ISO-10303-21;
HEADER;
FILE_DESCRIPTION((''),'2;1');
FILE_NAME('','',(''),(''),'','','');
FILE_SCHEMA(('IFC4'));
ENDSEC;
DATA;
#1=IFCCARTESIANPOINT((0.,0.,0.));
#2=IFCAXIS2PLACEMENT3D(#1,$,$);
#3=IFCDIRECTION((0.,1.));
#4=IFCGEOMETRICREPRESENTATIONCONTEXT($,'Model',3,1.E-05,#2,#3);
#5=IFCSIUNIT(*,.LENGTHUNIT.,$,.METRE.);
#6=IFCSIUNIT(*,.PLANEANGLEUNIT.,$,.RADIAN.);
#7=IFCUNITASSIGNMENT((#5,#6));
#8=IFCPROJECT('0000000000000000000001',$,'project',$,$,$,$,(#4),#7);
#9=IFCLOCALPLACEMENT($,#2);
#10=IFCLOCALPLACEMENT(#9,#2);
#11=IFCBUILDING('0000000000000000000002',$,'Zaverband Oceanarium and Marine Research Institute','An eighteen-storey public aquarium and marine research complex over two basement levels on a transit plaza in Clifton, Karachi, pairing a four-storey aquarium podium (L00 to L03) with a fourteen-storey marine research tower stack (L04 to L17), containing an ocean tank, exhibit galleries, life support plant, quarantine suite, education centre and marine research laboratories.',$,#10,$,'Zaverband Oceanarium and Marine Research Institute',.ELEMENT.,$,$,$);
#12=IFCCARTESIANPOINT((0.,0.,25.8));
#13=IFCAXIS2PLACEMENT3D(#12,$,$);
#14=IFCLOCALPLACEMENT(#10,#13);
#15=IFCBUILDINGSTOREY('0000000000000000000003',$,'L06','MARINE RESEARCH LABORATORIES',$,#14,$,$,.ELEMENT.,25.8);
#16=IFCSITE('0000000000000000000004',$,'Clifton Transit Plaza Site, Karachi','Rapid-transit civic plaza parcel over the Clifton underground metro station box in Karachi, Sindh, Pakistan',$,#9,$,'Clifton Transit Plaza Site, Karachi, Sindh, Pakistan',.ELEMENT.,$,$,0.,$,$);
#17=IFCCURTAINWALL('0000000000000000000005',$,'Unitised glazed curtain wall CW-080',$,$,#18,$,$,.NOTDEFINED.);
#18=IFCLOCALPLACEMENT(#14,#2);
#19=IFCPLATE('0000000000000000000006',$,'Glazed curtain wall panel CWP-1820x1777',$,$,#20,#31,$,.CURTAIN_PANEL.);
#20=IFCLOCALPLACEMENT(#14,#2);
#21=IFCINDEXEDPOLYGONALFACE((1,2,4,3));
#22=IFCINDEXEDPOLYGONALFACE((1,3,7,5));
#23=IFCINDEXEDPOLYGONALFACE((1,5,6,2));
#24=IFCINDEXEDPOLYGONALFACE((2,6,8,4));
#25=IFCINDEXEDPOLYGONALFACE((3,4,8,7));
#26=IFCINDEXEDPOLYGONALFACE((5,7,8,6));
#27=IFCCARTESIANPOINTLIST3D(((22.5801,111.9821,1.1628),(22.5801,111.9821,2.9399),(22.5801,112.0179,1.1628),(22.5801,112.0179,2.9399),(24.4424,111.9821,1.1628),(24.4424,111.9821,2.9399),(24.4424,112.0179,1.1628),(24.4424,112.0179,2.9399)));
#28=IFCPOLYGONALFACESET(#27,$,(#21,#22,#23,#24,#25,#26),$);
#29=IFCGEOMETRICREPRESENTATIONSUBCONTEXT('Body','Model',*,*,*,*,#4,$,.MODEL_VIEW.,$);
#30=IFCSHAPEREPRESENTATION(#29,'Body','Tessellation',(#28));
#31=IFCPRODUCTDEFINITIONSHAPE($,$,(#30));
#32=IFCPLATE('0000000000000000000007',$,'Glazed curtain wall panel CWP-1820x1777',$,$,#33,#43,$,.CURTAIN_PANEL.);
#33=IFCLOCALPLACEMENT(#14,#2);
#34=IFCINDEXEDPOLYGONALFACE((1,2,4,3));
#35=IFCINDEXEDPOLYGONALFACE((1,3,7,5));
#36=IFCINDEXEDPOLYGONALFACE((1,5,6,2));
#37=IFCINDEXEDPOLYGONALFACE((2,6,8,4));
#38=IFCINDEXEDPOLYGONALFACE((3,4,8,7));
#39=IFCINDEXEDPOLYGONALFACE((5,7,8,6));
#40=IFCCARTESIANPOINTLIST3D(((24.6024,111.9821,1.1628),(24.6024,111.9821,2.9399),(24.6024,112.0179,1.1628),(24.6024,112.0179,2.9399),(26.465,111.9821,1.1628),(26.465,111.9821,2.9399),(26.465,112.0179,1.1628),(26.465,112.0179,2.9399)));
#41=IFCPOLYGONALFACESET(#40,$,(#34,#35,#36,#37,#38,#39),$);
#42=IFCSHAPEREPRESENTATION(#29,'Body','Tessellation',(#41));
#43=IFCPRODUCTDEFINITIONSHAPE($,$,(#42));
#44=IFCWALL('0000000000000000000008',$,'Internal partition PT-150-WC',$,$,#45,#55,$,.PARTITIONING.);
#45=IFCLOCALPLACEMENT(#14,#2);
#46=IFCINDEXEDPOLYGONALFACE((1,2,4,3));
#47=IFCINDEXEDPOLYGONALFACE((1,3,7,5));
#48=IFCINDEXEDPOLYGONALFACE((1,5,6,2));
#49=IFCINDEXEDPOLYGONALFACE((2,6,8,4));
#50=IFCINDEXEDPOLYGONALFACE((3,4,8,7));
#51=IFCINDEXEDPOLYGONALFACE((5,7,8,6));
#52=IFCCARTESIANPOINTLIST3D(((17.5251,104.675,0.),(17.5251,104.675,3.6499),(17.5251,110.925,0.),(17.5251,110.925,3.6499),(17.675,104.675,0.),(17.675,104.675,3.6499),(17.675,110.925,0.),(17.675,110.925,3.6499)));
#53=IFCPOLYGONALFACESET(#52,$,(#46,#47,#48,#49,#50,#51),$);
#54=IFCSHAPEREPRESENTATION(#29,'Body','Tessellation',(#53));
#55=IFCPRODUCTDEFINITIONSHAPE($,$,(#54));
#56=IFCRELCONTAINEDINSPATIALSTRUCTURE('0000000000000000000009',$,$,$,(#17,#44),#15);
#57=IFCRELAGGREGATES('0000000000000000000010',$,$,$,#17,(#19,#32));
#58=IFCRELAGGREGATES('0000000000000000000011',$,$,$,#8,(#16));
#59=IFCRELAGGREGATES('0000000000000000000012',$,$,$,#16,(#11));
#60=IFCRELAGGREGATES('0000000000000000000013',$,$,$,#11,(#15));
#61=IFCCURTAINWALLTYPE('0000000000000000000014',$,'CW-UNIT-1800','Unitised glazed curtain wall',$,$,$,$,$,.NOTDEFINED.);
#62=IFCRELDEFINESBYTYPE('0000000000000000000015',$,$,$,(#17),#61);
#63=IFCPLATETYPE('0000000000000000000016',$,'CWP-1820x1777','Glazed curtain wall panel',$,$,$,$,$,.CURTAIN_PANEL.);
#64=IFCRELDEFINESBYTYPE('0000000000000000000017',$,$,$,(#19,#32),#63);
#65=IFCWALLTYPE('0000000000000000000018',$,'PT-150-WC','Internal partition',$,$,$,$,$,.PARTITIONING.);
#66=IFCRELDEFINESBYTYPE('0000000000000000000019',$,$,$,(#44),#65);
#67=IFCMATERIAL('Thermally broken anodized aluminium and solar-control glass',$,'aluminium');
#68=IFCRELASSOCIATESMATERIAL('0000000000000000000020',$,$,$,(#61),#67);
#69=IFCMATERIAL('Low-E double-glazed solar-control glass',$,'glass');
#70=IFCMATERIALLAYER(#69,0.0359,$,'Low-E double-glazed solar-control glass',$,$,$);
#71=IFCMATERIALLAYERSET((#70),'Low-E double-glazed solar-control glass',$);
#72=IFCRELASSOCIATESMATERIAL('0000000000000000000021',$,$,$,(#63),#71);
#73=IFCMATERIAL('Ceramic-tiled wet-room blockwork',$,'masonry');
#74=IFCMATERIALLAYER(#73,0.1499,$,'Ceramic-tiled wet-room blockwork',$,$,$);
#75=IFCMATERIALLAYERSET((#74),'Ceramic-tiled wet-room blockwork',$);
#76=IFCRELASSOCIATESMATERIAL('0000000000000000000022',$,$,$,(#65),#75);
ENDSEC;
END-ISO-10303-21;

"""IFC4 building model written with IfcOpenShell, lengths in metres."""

from ifc_helpers import new_model, si_unit, direction, frame, frame_2d, origin, place, context, subcontext, project, spatial, rectangle, extrude, material, layer, layer_set, type_object, element, aggregate, save


model = new_model("IFC4")

# Units and contexts
model_context = context("Model", 3, precision=1e-05, world=origin(), true_north=direction((0.0, 1.0)))
body_context = subcontext(model_context, "Body", "Model", "MODEL_VIEW")
ifc_project = project(units=[si_unit("LENGTHUNIT", "METRE"), si_unit("PLANEANGLEUNIT", "RADIAN")], contexts=[model_context])

# Site, building, storey
site_placement = place(None, origin())
site = spatial("IfcSite", under=ifc_project, at=site_placement, Name="Clifton Transit Plaza Site, Karachi", Description="Rapid-transit civic plaza parcel over the Clifton underground metro station box in Karachi, Sindh, Pakistan", LongName="Clifton Transit Plaza Site, Karachi, Sindh, Pakistan", CompositionType="ELEMENT", RefElevation=0.0)
building_placement = place(site_placement, origin())
building = spatial("IfcBuilding", under=site, at=building_placement, Name="Zaverband Oceanarium and Marine Research Institute", Description="An eighteen-storey public aquarium and marine research complex over two basement levels on a transit plaza in Clifton, Karachi, pairing a four-storey aquarium podium (L00 to L03) with a fourteen-storey marine research tower stack (L04 to L17), containing an ocean tank, exhibit galleries, life support plant, quarantine suite, education centre and marine research laboratories.", LongName="Zaverband Oceanarium and Marine Research Institute", CompositionType="ELEMENT")
storey_placement = place(building_placement, frame((0.0, 0.0, 25.8)))
storey = spatial("IfcBuildingStorey", under=building, at=storey_placement, Name="L06", Description="MARINE RESEARCH LABORATORIES", CompositionType="ELEMENT", Elevation=25.8)

# Curtain wall
ifc_material_1 = material(Name="Thermally broken anodized aluminium and solar-control glass", Category="aluminium")
curtain_wall_type = type_object("IfcCurtainWallType", Name="CW-UNIT-1800", Description="Unitised glazed curtain wall", PredefinedType="NOTDEFINED", material=ifc_material_1)
curtain_wall_1_placement = place(storey_placement, origin())
curtain_wall_1 = element("IfcCurtainWall", 1, at=curtain_wall_1_placement, inside=storey, type_object=curtain_wall_type, Name="Unitised glazed curtain wall CW-080", PredefinedType="NOTDEFINED")

# Plates
ifc_material_2 = material(Name="Low-E double-glazed solar-control glass", Category="glass")
ifc_layer_1 = layer(ifc_material_2, 0.0359, Name="Low-E double-glazed solar-control glass")
ifc_layer_set_1 = layer_set([ifc_layer_1], Name="Low-E double-glazed solar-control glass")
plate_type_1 = type_object("IfcPlateType", Name="CWP-1820x1777", Description="Glazed curtain wall panel", PredefinedType="CURTAIN_PANEL", material=ifc_layer_set_1)
plate_1_placement = place(storey_placement, frame((22.5801, 112.0, 1.1628), z_axis=(0.0, 0.0, 1.0), x_axis=(1.0, 0.0, 0.0)))
plate_1 = element("IfcPlate", 2, at=plate_1_placement, type_object=plate_type_1, Name="Glazed curtain wall panel CWP-1820x1777", PredefinedType="CURTAIN_PANEL", context=body_context, shape_type="SweptSolid", body=[
    extrude(rectangle(XDim=1.8623, YDim=0.0359, at=frame_2d((0.9312, 0.0))), origin(), (0.0, 0.0, 1.0), 1.7771),
])
plate_2_placement = place(storey_placement, frame((24.6025, 112.0, 1.1628), z_axis=(0.0, 0.0, 1.0), x_axis=(1.0, 0.0, 0.0)))
plate_2 = element("IfcPlate", 3, at=plate_2_placement, type_object=plate_type_1, Name="Glazed curtain wall panel CWP-1820x1777", PredefinedType="CURTAIN_PANEL", context=body_context, shape_type="SweptSolid", body=[
    extrude(rectangle(XDim=1.8625, YDim=0.0359, at=frame_2d((0.9312, 0.0))), origin(), (0.0, 0.0, 1.0), 1.7771),
])
aggregate(curtain_wall_1, [plate_1, plate_2])

# Wall
ifc_material_3 = material(Name="Ceramic-tiled wet-room blockwork", Category="masonry")
ifc_layer_2 = layer(ifc_material_3, 0.1499, Name="Ceramic-tiled wet-room blockwork")
ifc_layer_set_2 = layer_set([ifc_layer_2], Name="Ceramic-tiled wet-room blockwork")
wall_type = type_object("IfcWallType", Name="PT-150-WC", Description="Internal partition", PredefinedType="PARTITIONING", material=ifc_layer_set_2)
wall_placement = place(storey_placement, frame((17.6001, 104.675, 0.0), z_axis=(0.0, 0.0, 1.0), x_axis=(0.0, 1.0, 0.0)))
element("IfcWall", 4, at=wall_placement, inside=storey, type_object=wall_type, Name="Internal partition PT-150-WC", PredefinedType="PARTITIONING", context=body_context, shape_type="SweptSolid", body=[
    extrude(rectangle(XDim=6.25, YDim=0.1499, at=frame_2d((3.125, 0.0))), origin(), (0.0, 0.0, 1.0), 3.6499),
])

save(model, "model.ifc")
